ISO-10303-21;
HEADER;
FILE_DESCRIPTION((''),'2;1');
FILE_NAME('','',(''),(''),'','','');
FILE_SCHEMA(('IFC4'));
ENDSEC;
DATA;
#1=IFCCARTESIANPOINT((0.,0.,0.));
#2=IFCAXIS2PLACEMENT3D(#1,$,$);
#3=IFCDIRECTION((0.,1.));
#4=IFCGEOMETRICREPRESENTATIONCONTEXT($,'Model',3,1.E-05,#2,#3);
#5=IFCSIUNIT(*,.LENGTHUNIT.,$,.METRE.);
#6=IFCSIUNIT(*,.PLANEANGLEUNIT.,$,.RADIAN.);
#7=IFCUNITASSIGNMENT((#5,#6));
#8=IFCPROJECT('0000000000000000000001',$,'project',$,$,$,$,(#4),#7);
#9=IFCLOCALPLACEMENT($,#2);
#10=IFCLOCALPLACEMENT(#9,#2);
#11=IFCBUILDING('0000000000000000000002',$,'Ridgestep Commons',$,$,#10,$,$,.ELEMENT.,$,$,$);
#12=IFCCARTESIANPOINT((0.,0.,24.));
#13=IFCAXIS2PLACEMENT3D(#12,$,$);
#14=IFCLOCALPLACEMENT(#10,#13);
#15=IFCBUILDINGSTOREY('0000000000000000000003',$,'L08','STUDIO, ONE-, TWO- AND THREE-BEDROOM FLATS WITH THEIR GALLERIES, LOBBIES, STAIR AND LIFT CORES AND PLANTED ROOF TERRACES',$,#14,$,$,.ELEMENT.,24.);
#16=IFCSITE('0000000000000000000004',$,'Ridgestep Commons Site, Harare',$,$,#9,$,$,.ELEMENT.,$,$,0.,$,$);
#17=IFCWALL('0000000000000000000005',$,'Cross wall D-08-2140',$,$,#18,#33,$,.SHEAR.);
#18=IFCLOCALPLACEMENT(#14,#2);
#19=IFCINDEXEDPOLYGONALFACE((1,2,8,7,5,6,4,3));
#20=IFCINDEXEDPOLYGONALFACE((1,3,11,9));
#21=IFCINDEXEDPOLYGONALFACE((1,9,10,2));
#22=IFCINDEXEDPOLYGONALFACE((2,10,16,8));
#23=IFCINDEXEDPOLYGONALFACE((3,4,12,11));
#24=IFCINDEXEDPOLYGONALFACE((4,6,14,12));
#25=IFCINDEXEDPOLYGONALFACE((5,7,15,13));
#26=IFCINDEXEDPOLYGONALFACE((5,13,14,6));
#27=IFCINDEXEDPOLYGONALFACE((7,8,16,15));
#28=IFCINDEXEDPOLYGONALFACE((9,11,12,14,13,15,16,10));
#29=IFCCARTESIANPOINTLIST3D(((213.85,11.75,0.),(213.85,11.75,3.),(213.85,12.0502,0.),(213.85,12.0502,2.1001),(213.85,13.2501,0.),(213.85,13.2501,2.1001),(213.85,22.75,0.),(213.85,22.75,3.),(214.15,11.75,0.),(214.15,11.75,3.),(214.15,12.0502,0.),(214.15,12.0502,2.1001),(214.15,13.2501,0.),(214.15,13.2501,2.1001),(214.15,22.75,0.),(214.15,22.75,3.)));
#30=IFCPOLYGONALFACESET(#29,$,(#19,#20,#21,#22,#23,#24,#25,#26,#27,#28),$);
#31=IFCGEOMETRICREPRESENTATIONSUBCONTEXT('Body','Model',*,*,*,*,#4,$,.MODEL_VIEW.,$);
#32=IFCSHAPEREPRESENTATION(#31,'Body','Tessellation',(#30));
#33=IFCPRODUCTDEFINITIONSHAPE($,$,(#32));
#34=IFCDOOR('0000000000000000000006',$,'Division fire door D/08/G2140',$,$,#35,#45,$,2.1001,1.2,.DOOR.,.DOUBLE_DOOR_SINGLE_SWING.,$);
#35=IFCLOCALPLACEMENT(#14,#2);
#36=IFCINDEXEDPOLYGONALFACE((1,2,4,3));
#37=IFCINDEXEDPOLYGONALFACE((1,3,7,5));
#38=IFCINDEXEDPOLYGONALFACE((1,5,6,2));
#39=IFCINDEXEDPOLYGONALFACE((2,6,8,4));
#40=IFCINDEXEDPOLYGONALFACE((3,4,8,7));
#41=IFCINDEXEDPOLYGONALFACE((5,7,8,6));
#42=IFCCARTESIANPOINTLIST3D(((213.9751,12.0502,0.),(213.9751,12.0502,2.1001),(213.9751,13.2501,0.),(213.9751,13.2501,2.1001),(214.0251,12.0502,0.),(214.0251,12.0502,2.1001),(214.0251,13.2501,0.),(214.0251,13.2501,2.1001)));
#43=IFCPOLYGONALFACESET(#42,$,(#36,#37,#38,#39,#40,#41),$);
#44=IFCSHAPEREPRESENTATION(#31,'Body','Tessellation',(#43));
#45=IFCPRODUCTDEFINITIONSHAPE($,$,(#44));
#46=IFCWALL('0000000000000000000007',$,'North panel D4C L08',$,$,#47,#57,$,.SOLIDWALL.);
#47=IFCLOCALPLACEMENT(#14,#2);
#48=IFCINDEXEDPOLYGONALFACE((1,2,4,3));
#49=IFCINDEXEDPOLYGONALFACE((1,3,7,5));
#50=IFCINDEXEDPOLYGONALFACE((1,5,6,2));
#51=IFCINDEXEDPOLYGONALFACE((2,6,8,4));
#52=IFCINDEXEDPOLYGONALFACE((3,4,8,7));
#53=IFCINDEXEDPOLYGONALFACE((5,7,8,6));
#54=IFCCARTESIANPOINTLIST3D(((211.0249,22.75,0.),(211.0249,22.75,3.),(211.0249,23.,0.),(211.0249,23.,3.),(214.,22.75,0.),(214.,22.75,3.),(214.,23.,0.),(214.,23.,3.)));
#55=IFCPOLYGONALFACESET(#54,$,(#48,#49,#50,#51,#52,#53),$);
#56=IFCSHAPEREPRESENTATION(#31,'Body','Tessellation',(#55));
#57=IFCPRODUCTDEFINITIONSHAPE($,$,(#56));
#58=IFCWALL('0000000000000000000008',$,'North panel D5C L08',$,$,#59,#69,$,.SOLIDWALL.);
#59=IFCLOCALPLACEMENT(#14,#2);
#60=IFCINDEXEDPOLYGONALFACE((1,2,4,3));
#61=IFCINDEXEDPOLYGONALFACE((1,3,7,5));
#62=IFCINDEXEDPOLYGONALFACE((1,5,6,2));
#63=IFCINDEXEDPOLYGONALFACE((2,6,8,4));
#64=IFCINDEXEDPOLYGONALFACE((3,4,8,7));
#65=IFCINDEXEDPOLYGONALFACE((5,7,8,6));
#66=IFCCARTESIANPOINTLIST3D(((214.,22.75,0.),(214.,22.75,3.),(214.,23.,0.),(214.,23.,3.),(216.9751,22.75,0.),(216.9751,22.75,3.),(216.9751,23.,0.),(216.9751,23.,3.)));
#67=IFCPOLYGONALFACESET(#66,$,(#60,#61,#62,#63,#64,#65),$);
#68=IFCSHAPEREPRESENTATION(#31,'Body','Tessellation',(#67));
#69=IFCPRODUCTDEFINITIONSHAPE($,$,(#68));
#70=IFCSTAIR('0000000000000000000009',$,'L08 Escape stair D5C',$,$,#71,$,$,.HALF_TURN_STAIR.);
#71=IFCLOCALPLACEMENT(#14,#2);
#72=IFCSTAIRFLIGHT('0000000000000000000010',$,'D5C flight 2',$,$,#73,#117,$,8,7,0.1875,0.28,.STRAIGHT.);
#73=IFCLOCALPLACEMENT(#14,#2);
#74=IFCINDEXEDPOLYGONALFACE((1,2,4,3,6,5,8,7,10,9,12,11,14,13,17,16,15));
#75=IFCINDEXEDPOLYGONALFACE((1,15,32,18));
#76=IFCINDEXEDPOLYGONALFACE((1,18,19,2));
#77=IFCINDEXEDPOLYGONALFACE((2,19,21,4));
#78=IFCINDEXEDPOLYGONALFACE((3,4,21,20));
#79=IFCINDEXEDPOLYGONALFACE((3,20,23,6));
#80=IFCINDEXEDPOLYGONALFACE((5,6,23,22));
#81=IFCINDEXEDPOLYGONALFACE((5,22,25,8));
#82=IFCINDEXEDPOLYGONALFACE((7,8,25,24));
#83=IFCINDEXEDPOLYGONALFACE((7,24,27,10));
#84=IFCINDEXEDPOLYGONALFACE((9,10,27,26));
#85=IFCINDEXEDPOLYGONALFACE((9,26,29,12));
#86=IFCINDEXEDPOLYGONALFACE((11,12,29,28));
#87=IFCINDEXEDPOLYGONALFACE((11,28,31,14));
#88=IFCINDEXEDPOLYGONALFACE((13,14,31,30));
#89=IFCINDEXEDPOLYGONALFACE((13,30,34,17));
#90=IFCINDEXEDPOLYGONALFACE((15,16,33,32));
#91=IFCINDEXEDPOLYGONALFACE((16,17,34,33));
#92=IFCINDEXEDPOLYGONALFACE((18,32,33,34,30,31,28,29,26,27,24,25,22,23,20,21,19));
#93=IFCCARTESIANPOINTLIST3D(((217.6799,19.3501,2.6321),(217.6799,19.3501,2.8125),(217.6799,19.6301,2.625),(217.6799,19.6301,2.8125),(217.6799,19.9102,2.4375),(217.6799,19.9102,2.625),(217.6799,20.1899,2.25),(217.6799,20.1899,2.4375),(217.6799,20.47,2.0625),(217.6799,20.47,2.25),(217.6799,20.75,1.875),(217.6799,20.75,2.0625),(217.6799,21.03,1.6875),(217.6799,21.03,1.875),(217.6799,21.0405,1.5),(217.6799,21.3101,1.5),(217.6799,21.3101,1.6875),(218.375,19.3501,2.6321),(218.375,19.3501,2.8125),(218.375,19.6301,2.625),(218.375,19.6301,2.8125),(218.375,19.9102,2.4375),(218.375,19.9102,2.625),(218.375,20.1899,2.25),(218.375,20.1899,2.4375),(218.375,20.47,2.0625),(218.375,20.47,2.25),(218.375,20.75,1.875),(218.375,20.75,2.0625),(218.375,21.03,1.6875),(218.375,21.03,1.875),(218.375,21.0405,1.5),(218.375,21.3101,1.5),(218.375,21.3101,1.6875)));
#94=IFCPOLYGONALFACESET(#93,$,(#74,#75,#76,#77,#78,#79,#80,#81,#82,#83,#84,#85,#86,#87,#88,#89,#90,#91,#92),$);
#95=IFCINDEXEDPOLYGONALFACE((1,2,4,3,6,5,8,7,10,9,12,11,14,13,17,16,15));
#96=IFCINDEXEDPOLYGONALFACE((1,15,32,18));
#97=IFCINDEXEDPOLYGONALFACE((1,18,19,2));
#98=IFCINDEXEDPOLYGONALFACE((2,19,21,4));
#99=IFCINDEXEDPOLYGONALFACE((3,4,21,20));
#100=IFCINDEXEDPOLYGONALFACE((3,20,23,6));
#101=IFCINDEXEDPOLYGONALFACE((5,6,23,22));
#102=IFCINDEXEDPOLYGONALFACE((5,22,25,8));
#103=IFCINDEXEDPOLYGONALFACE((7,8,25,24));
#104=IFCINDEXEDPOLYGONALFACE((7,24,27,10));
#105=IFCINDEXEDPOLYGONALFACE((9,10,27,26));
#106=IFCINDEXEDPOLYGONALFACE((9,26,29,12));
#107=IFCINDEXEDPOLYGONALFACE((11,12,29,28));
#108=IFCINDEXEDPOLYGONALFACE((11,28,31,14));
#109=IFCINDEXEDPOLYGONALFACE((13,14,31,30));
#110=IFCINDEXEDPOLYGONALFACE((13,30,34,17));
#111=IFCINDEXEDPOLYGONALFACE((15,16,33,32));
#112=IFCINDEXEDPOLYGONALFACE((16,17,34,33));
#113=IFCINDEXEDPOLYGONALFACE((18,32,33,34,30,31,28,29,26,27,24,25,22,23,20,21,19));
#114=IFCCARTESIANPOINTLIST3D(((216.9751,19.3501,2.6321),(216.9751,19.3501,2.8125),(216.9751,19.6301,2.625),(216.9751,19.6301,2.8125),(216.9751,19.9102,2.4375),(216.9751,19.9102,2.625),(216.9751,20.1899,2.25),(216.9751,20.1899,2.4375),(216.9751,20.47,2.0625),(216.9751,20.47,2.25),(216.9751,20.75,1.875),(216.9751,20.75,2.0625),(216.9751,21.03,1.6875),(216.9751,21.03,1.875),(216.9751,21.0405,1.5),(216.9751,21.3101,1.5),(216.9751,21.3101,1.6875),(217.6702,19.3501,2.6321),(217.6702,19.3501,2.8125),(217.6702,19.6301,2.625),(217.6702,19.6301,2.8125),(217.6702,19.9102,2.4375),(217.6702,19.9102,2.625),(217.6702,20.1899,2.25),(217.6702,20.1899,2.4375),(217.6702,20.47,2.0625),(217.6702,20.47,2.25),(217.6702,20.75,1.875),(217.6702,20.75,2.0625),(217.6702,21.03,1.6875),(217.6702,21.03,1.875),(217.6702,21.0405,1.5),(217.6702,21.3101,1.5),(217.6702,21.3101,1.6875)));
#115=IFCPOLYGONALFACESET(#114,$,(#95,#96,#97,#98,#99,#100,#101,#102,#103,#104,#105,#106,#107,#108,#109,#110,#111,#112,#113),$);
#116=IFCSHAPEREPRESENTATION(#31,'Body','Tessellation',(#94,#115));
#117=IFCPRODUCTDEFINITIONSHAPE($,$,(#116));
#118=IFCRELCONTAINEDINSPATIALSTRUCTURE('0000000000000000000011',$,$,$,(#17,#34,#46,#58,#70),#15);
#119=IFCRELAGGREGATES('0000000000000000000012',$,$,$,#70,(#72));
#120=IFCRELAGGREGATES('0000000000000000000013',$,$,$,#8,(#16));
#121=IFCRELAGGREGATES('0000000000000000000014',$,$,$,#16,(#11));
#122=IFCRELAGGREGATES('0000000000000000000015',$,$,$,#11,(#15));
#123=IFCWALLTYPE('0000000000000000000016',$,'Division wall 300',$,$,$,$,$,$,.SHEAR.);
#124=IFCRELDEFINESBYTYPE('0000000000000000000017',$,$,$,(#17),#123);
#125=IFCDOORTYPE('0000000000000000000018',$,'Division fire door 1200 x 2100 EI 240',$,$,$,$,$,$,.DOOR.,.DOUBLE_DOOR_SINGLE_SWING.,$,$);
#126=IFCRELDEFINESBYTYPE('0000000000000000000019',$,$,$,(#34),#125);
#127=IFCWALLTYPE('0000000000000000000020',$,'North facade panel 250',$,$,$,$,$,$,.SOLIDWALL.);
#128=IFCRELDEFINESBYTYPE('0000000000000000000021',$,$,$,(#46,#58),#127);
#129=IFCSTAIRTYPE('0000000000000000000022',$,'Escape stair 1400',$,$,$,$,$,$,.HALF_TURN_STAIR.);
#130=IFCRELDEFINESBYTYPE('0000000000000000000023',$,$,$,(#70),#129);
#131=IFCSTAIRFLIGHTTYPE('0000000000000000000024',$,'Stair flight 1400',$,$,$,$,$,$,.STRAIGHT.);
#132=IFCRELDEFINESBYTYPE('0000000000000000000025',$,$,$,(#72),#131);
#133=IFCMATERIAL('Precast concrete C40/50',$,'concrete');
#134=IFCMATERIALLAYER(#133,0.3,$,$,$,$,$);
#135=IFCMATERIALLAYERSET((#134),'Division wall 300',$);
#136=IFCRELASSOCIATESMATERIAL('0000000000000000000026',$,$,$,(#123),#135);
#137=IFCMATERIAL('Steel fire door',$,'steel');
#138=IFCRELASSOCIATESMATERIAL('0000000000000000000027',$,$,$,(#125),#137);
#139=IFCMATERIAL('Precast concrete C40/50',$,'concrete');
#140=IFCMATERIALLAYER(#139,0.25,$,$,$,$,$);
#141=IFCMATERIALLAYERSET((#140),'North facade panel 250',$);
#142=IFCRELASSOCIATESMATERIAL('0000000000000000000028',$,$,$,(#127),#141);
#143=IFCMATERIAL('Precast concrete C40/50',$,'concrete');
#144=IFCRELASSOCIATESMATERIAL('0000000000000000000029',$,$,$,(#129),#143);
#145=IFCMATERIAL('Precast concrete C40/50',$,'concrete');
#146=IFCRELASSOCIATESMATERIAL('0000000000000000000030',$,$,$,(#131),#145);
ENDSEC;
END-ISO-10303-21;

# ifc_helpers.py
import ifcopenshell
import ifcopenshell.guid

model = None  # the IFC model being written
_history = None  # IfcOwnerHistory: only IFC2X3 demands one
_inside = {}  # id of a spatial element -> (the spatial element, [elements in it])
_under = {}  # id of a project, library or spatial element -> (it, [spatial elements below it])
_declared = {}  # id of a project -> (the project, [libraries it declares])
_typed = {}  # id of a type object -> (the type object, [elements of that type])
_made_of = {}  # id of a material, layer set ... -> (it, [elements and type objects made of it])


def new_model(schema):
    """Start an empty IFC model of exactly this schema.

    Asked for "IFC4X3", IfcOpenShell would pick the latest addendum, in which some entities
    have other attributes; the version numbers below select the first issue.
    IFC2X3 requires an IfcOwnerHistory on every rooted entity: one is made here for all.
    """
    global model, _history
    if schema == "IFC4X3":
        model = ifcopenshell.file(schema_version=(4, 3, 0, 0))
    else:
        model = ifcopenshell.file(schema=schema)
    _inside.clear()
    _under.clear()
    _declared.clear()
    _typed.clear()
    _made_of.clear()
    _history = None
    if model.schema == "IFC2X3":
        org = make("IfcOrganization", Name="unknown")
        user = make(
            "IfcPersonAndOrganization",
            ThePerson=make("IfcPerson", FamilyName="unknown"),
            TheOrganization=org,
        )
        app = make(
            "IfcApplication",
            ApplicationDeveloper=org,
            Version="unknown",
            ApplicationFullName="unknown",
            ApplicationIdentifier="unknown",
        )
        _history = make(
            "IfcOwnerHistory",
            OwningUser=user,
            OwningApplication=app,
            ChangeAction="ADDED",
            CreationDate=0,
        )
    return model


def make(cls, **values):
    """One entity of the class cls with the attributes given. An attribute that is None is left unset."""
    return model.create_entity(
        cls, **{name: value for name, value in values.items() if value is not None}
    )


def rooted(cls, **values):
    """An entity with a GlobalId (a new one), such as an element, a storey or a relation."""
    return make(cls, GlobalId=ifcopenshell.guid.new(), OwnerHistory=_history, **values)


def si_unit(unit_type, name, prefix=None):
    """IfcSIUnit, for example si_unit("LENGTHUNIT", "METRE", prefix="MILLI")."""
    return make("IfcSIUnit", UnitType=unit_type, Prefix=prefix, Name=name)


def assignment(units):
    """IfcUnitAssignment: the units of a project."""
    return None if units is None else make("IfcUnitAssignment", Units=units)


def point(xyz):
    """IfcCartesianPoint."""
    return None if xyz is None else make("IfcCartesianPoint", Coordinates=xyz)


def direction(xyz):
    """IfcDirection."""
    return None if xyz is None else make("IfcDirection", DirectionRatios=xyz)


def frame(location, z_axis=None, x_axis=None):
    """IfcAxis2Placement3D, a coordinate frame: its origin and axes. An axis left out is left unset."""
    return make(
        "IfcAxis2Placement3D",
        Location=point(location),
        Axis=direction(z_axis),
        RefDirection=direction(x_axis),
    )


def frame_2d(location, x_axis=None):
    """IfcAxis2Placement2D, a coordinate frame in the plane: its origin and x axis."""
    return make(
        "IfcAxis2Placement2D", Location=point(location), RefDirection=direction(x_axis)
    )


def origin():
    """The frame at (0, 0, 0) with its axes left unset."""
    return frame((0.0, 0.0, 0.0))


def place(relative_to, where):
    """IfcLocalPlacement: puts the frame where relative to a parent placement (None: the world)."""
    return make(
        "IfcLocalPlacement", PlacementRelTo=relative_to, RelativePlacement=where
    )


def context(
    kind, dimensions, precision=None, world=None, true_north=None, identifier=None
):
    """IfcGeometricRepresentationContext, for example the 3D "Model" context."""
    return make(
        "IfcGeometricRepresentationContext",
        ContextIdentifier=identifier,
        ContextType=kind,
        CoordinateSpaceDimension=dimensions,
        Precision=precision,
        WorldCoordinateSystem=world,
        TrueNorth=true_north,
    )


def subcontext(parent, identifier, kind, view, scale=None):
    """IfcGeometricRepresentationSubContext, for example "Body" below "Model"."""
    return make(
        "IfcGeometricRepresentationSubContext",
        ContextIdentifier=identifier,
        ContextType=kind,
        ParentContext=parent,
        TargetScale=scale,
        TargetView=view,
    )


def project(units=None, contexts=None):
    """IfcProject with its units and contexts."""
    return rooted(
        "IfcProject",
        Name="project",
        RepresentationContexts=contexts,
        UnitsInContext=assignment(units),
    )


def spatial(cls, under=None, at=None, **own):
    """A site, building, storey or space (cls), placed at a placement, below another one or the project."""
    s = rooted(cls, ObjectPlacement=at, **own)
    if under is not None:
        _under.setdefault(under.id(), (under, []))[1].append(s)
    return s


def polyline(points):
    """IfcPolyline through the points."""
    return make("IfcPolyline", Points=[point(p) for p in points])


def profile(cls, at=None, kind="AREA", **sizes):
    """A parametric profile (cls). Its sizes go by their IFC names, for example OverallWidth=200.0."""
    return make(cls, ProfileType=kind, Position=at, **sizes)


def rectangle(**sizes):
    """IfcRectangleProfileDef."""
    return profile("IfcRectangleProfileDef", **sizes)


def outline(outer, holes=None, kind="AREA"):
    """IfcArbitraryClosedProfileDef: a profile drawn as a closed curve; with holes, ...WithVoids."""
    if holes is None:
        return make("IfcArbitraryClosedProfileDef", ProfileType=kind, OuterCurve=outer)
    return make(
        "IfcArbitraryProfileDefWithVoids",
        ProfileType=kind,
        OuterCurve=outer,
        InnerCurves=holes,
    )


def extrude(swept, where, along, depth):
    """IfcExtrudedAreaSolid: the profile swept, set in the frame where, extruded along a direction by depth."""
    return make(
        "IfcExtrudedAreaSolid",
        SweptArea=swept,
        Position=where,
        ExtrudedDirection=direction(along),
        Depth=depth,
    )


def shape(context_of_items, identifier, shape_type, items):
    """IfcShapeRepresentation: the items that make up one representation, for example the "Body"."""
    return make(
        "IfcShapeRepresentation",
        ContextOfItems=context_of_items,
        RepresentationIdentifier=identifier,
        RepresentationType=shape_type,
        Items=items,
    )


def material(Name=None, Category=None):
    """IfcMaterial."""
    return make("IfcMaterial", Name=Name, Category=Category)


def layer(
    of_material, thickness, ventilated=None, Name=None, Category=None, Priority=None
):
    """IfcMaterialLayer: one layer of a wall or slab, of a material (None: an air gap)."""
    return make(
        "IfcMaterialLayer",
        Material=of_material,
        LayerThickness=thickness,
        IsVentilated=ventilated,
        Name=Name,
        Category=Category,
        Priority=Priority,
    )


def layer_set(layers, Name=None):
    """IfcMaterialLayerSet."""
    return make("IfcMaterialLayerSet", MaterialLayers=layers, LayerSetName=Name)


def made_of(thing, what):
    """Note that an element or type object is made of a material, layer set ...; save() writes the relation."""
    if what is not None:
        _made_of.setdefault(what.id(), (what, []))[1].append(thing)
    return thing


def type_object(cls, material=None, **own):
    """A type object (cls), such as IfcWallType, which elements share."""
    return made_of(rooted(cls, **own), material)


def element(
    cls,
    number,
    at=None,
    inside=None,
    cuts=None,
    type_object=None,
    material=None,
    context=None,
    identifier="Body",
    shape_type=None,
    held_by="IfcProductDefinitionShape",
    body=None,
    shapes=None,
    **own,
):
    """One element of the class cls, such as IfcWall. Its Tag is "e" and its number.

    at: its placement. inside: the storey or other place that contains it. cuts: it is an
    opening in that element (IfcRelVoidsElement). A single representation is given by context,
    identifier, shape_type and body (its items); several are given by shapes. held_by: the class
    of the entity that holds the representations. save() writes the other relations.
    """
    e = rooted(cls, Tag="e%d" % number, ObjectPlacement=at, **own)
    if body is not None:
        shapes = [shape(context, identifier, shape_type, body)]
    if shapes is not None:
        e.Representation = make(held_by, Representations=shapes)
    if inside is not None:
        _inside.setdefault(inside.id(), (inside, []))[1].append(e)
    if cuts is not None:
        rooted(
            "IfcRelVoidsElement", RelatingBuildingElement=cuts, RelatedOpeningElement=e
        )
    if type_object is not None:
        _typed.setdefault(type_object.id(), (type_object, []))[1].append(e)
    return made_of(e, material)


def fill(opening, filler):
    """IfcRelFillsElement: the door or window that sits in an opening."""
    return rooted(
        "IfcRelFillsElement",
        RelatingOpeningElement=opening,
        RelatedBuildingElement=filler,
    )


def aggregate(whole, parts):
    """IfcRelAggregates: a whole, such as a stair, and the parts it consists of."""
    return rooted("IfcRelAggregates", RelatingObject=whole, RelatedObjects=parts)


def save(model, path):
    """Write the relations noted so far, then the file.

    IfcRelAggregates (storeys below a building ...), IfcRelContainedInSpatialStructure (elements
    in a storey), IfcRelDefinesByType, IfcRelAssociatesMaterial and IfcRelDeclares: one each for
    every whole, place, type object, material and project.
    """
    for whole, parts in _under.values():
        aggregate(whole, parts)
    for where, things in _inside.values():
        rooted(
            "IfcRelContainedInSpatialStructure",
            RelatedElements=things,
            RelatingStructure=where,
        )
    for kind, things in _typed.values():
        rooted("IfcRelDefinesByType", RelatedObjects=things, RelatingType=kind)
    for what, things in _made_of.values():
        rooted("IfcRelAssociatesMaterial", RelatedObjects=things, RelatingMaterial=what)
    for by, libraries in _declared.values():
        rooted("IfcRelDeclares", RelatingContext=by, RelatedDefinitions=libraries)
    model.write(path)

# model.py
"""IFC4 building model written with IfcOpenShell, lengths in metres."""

from ifc_helpers import new_model, si_unit, direction, frame, frame_2d, origin, place, context, subcontext, project, spatial, polyline, rectangle, outline, extrude, material, layer, layer_set, type_object, element, fill, aggregate, save


model = new_model("IFC4")

# Units and contexts
model_context = context("Model", 3, precision=1e-05, world=origin(), true_north=direction((0.0, 1.0)))
body_context = subcontext(model_context, "Body", "Model", "MODEL_VIEW")
ifc_project = project(units=[si_unit("LENGTHUNIT", "METRE"), si_unit("PLANEANGLEUNIT", "RADIAN")], contexts=[model_context])

# Site, building, storey
site_placement = place(None, origin())
site = spatial("IfcSite", under=ifc_project, at=site_placement, Name="Ridgestep Commons Site, Harare", CompositionType="ELEMENT", RefElevation=0.0)
building_placement = place(site_placement, origin())
building = spatial("IfcBuilding", under=site, at=building_placement, Name="Ridgestep Commons", CompositionType="ELEMENT")
storey_placement = place(building_placement, frame((0.0, 0.0, 24.0)))
storey = spatial("IfcBuildingStorey", under=building, at=storey_placement, Name="L08", Description="STUDIO, ONE-, TWO- AND THREE-BEDROOM FLATS WITH THEIR GALLERIES, LOBBIES, STAIR AND LIFT CORES AND PLANTED ROOF TERRACES", CompositionType="ELEMENT", Elevation=24.0)

# Wall, opening, door
ifc_material_1 = material(Name="Precast concrete C40/50", Category="concrete")
ifc_layer_1 = layer(ifc_material_1, 0.3)
ifc_layer_set_1 = layer_set([ifc_layer_1], Name="Division wall 300")
wall_type_1 = type_object("IfcWallType", Name="Division wall 300", PredefinedType="SHEAR", material=ifc_layer_set_1)
wall_1_placement = place(storey_placement, frame((214.0, 11.75, 0.0), z_axis=(0.0, 0.0, 1.0), x_axis=(0.0, 1.0, 0.0)))
wall_1 = element("IfcWall", 1, at=wall_1_placement, inside=storey, type_object=wall_type_1, Name="Cross wall D-08-2140", PredefinedType="SHEAR", context=body_context, shape_type="SweptSolid", body=[
    extrude(rectangle(XDim=11.0, YDim=0.3, at=frame_2d((5.5, 0.0))), origin(), (0.0, 0.0, 1.0), 3.0),
])
opening_1_placement = place(wall_1_placement, frame((0.3, 0.0, 0.0)))
opening_1 = element("IfcOpeningElement", 2, at=opening_1_placement, cuts=wall_1, PredefinedType="OPENING", context=body_context, shape_type="SweptSolid", body=[
    extrude(rectangle(XDim=1.2, YDim=2.1001, at=frame_2d((0.6001, 1.05))), frame((0.0, 0.1599, 0.0), z_axis=(0.0, -1.0, 0.0), x_axis=(1.0, 0.0, 0.0)), (0.0, 0.0, 1.0), 0.3201),
])
ifc_material_2 = material(Name="Steel fire door", Category="steel")
door_type_1 = type_object("IfcDoorType", Name="Division fire door 1200 x 2100 EI 240", OperationType="DOUBLE_DOOR_SINGLE_SWING", PredefinedType="DOOR", material=ifc_material_2)
door_1_placement = place(opening_1_placement, origin())
door_1 = element("IfcDoor", 3, at=door_1_placement, inside=storey, type_object=door_type_1, Name="Division fire door D/08/G2140", OperationType="DOUBLE_DOOR_SINGLE_SWING", OverallHeight=2.1001, OverallWidth=1.2, PredefinedType="DOOR", context=body_context, shape_type="SweptSolid", body=[
    extrude(rectangle(XDim=1.2, YDim=2.1001, at=frame_2d((0.6001, 1.05))), frame((0.0, 0.0249, 0.0), z_axis=(0.0, -1.0, 0.0), x_axis=(1.0, 0.0, 0.0)), (0.0, 0.0, 1.0), 0.05),
])
fill(opening_1, door_1)

# Walls
ifc_material_3 = material(Name="Precast concrete C40/50", Category="concrete")
ifc_layer_2 = layer(ifc_material_3, 0.25)
ifc_layer_set_2 = layer_set([ifc_layer_2], Name="North facade panel 250")
wall_type_2 = type_object("IfcWallType", Name="North facade panel 250", PredefinedType="SOLIDWALL", material=ifc_layer_set_2)
for number, where, z_axis, x_axis, name in (
    (4, (211.0249, 22.875, 0.0), (0.0, 0.0, 1.0), (1.0, 0.0, 0.0), "North panel D4C L08"),
    (5, (214.0, 22.875, 0.0), (0.0, 0.0, 1.0), (1.0, 0.0, 0.0), "North panel D5C L08"),
):
    element("IfcWall", number, at=place(storey_placement, frame(where, z_axis=z_axis, x_axis=x_axis)), inside=storey, type_object=wall_type_2, Name=name, PredefinedType="SOLIDWALL", context=body_context, shape_type="SweptSolid", body=[
        extrude(rectangle(XDim=2.9751, YDim=0.25, at=frame_2d((1.4875, 0.0))), origin(), (0.0, 0.0, 1.0), 3.0),
    ])

# Stair, stair flight
ifc_material_4 = material(Name="Precast concrete C40/50", Category="concrete")
stair_type = type_object("IfcStairType", Name="Escape stair 1400", PredefinedType="HALF_TURN_STAIR", material=ifc_material_4)
stair_placement = place(storey_placement, origin())
stair = element("IfcStair", 6, at=stair_placement, inside=storey, type_object=stair_type, Name="L08 Escape stair D5C", PredefinedType="HALF_TURN_STAIR")
ifc_material_5 = material(Name="Precast concrete C40/50", Category="concrete")
stair_flight_type = type_object("IfcStairFlightType", Name="Stair flight 1400", PredefinedType="STRAIGHT", material=ifc_material_5)
stair_flight_placement = place(storey_placement, frame((217.675, 21.3101, 1.5), z_axis=(0.0, 0.0, 1.0), x_axis=(0.0, -1.0, 0.0)))
stair_flight = element("IfcStairFlight", 7, at=stair_flight_placement, type_object=stair_flight_type, Name="D5C flight 2", NumberOfRisers=8, NumberOfTreads=7, PredefinedType="STRAIGHT", RiserHeight=0.1875, TreadLength=0.28, context=body_context, shape_type="SweptSolid", body=[
    extrude(outline(polyline([(0.0, 0.0), (0.0, 0.1875), (0.28, 0.1875), (0.28, 0.375), (0.5601, 0.375), (0.5601, 0.5625), (0.8401, 0.5625), (0.8401, 0.75), (1.1201, 0.75), (1.1201, 0.9375), (1.3999, 0.9375), (1.3999, 1.125), (1.6799, 1.125), (1.6799, 1.3125), (1.96, 1.3125), (1.96, 1.5), (1.96, 1.1321), (0.2695, 0.0), (0.0, 0.0)])), frame((0.0, 0.7, 0.0), z_axis=(0.0, -1.0, 0.0), x_axis=(1.0, 0.0, 0.0)), (0.0, 0.0, 1.0), 0.6951),
    extrude(outline(polyline([(0.0, 0.0), (0.0, 0.1875), (0.28, 0.1875), (0.28, 0.375), (0.5601, 0.375), (0.5601, 0.5625), (0.8401, 0.5625), (0.8401, 0.75), (1.1201, 0.75), (1.1201, 0.9375), (1.3999, 0.9375), (1.3999, 1.125), (1.6799, 1.125), (1.6799, 1.3125), (1.96, 1.3125), (1.96, 1.5), (1.96, 1.1321), (0.2695, 0.0), (0.0, 0.0)])), frame((0.0, -0.0049, 0.0), z_axis=(0.0, -1.0, 0.0), x_axis=(1.0, 0.0, 0.0)), (0.0, 0.0, 1.0), 0.6951),
])
aggregate(stair, [stair_flight])

save(model, "model.ifc")
